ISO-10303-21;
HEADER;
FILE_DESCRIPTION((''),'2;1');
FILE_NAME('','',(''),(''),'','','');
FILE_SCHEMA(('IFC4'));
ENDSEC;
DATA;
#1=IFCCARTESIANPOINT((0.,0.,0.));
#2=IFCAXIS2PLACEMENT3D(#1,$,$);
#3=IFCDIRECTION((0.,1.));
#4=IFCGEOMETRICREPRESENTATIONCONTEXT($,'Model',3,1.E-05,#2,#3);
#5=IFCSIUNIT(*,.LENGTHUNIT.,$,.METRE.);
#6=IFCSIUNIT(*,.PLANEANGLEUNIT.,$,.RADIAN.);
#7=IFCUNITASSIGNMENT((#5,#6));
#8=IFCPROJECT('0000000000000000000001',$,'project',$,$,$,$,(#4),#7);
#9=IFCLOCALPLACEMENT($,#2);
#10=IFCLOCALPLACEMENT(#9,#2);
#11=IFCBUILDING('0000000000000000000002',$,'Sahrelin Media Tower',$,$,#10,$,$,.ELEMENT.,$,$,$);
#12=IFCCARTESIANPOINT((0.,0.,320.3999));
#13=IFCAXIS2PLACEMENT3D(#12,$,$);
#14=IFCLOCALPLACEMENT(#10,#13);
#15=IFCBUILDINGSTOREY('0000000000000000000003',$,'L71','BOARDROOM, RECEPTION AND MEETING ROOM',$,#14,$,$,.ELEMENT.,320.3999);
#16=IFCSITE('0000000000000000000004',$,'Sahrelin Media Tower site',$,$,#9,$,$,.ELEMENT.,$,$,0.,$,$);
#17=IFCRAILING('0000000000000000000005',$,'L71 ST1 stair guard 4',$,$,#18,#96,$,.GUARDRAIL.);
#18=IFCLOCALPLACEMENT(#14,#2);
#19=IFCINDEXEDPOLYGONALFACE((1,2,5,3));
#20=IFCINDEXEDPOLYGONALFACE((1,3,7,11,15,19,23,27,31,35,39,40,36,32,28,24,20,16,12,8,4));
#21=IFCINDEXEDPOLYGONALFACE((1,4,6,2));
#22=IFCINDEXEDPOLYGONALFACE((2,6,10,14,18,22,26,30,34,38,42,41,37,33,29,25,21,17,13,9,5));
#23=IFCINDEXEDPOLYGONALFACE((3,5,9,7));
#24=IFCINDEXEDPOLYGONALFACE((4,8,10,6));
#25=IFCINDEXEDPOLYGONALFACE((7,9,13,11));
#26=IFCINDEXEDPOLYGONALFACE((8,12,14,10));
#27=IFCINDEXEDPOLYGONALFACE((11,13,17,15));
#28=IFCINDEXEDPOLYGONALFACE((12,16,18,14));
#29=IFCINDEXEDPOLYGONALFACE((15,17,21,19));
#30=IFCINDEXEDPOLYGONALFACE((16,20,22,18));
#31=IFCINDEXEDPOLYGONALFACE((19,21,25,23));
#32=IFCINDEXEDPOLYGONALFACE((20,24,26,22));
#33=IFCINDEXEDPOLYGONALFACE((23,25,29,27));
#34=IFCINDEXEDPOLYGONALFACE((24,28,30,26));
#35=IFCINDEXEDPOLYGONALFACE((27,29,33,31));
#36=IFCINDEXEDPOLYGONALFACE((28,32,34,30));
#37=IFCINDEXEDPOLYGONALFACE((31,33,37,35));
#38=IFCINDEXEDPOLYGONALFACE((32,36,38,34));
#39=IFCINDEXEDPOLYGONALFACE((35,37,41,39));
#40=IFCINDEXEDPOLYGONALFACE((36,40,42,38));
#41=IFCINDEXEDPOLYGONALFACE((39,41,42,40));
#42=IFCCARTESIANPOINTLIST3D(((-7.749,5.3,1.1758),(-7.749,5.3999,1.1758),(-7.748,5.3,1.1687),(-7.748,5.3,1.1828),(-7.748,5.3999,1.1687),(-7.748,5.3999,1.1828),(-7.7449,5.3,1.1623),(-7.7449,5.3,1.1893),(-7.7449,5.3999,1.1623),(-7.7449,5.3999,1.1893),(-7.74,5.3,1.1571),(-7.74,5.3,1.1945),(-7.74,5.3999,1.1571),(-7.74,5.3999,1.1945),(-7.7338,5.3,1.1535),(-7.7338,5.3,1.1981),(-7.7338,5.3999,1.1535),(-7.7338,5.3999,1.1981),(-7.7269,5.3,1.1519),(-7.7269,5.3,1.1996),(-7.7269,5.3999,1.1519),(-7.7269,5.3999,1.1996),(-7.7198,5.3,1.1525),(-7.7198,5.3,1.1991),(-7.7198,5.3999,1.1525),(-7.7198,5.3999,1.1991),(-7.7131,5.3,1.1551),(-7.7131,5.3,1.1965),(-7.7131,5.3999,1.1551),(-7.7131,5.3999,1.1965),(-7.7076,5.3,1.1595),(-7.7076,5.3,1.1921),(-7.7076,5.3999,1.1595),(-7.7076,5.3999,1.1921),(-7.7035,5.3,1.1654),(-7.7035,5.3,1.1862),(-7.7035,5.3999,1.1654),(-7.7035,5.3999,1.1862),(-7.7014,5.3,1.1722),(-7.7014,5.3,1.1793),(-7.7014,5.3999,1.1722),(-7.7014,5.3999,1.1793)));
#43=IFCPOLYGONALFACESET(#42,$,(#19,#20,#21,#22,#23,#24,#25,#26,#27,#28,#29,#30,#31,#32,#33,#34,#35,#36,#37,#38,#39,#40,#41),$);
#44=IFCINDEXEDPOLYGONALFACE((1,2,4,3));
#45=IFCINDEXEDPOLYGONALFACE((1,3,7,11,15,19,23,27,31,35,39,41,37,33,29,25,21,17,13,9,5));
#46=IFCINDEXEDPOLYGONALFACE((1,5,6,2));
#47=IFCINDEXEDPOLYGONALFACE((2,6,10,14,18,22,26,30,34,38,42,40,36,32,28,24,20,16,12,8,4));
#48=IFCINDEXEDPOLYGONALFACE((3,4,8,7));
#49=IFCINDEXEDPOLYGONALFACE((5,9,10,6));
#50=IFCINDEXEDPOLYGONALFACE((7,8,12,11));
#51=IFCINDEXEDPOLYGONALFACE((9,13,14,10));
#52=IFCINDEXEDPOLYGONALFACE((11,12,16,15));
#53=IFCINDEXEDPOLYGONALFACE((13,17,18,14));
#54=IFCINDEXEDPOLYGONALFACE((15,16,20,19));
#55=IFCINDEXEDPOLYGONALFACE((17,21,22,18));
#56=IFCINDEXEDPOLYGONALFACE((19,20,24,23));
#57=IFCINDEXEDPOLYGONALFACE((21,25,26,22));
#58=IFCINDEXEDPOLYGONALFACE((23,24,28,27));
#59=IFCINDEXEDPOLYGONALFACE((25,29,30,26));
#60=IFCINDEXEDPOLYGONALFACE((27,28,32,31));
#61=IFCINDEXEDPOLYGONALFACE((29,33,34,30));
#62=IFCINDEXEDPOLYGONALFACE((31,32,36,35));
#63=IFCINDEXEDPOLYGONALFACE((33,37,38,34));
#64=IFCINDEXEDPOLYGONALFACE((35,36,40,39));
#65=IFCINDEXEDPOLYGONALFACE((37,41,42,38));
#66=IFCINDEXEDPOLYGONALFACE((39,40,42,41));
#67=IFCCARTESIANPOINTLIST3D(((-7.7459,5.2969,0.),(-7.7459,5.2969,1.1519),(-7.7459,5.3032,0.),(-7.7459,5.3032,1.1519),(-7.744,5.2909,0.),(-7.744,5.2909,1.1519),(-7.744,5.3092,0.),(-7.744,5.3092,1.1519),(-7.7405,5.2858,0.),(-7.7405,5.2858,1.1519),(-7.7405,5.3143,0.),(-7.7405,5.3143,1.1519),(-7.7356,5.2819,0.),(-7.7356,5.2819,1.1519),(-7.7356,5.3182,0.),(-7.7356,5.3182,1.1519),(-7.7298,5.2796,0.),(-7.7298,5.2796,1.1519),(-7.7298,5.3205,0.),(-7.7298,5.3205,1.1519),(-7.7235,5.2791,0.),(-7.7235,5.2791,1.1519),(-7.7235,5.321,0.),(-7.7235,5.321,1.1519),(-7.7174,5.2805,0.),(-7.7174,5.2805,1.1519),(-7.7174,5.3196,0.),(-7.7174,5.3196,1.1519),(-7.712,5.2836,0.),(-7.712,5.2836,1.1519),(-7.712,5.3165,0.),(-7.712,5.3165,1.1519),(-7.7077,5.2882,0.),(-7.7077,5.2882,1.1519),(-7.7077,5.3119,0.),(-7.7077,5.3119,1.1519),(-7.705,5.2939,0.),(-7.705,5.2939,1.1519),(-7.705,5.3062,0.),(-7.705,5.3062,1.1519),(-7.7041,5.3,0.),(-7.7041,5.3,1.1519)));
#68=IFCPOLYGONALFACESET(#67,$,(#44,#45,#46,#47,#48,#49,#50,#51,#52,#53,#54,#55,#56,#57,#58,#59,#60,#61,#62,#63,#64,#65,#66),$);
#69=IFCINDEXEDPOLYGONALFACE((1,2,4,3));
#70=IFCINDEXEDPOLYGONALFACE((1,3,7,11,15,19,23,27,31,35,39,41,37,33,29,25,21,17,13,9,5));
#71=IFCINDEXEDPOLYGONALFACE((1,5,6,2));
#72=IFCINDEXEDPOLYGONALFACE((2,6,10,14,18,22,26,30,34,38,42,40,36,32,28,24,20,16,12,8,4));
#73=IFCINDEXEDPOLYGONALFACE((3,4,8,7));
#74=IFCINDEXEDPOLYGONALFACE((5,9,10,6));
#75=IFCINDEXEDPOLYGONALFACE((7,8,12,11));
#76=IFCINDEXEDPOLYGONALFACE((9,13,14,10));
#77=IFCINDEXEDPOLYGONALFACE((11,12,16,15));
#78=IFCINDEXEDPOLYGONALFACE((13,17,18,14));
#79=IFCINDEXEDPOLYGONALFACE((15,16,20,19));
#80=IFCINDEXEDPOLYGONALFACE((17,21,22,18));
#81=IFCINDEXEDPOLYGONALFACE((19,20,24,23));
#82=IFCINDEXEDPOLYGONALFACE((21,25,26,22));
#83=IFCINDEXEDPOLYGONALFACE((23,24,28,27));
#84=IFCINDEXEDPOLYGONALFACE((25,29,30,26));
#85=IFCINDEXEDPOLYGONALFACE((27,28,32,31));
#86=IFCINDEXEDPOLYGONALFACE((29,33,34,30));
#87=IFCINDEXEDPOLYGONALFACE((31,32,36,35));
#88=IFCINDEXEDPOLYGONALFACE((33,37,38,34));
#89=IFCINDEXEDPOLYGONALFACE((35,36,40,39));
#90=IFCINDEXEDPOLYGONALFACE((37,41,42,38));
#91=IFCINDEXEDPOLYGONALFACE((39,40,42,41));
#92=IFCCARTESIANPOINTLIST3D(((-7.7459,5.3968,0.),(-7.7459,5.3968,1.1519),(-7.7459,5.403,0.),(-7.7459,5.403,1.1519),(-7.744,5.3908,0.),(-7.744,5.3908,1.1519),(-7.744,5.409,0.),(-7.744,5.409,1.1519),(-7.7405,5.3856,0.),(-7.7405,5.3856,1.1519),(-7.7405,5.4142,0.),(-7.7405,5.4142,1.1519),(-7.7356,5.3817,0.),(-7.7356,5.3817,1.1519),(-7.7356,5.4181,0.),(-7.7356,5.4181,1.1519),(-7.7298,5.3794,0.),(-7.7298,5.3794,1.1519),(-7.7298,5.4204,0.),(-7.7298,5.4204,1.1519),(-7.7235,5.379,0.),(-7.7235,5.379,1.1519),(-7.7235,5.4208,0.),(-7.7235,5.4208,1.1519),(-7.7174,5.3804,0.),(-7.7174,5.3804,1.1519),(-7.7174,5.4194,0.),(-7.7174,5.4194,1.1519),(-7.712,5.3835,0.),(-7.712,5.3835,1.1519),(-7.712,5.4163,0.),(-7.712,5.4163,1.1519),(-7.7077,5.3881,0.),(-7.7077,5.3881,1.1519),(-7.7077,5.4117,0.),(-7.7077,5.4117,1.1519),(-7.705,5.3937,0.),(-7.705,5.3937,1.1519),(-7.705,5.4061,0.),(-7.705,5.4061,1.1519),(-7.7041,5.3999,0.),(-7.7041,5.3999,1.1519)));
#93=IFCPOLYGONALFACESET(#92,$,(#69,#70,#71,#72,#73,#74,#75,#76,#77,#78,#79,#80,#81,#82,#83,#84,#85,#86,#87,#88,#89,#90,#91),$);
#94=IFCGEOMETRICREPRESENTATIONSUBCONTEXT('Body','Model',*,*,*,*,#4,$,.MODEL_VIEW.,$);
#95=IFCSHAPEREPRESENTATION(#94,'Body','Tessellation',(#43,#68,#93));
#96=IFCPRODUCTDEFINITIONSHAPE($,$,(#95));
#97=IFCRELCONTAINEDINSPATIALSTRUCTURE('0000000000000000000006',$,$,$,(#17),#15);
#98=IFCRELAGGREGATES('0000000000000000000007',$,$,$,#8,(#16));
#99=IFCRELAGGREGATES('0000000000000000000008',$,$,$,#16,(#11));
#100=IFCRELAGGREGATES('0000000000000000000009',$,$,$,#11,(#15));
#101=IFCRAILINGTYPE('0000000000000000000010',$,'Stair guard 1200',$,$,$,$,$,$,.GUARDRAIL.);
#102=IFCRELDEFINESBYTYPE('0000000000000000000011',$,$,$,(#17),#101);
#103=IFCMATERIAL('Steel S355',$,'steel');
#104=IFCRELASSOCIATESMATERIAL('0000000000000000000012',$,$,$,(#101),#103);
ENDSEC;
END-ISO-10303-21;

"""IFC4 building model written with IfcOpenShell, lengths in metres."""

from ifc_helpers import new_model, si_unit, direction, frame, origin, origin_2d, place, context, subcontext, project, spatial, circle, extrude, material, type_object, element, save


model = new_model("IFC4")

# Units and contexts
model_context = context("Model", 3, precision=1e-05, world=origin(), true_north=direction((0.0, 1.0)))
body_context = subcontext(model_context, "Body", "Model", "MODEL_VIEW")
ifc_project = project(units=[si_unit("LENGTHUNIT", "METRE"), si_unit("PLANEANGLEUNIT", "RADIAN")], contexts=[model_context])

# Site, building, storey
site_placement = place(None, origin())
site = spatial("IfcSite", under=ifc_project, at=site_placement, Name="Sahrelin Media Tower site", CompositionType="ELEMENT", RefElevation=0.0)
building_placement = place(site_placement, origin())
building = spatial("IfcBuilding", under=site, at=building_placement, Name="Sahrelin Media Tower", CompositionType="ELEMENT")
storey_placement = place(building_placement, frame((0.0, 0.0, 320.3999)))
storey = spatial("IfcBuildingStorey", under=building, at=storey_placement, Name="L71", Description="BOARDROOM, RECEPTION AND MEETING ROOM", CompositionType="ELEMENT", Elevation=320.3999)

# Shared definitions
ifc_material_1 = material(Name="Steel S355", Category="steel")

# Railing
railing_type_1 = type_object("IfcRailingType", Name="Stair guard 1200", PredefinedType="GUARDRAIL", material=ifc_material_1)
railing_1_placement = place(storey_placement, frame((-7.7251, 5.3, 0.0)))
element("IfcRailing", 1, at=railing_1_placement, inside=storey, type_object=railing_type_1, Name="L71 ST1 stair guard 4", PredefinedType="GUARDRAIL", context=body_context, shape_type="SweptSolid", body=[
    extrude(circle(Radius=0.0239, at=origin_2d()), frame((0.0, 0.0, 1.1758), z_axis=(0.0, 1.0, 0.0), x_axis=(-1.0, 0.0, 0.0)), (0.0, 0.0, 1.0), 0.0999),
    extrude(circle(Radius=0.021, at=origin_2d()), origin(), (0.0, 0.0, 1.0), 1.1519),
    extrude(circle(Radius=0.021, at=origin_2d()), frame((0.0, 0.0999, 0.0)), (0.0, 0.0, 1.0), 1.1519),
])

save(model, "model.ifc")
